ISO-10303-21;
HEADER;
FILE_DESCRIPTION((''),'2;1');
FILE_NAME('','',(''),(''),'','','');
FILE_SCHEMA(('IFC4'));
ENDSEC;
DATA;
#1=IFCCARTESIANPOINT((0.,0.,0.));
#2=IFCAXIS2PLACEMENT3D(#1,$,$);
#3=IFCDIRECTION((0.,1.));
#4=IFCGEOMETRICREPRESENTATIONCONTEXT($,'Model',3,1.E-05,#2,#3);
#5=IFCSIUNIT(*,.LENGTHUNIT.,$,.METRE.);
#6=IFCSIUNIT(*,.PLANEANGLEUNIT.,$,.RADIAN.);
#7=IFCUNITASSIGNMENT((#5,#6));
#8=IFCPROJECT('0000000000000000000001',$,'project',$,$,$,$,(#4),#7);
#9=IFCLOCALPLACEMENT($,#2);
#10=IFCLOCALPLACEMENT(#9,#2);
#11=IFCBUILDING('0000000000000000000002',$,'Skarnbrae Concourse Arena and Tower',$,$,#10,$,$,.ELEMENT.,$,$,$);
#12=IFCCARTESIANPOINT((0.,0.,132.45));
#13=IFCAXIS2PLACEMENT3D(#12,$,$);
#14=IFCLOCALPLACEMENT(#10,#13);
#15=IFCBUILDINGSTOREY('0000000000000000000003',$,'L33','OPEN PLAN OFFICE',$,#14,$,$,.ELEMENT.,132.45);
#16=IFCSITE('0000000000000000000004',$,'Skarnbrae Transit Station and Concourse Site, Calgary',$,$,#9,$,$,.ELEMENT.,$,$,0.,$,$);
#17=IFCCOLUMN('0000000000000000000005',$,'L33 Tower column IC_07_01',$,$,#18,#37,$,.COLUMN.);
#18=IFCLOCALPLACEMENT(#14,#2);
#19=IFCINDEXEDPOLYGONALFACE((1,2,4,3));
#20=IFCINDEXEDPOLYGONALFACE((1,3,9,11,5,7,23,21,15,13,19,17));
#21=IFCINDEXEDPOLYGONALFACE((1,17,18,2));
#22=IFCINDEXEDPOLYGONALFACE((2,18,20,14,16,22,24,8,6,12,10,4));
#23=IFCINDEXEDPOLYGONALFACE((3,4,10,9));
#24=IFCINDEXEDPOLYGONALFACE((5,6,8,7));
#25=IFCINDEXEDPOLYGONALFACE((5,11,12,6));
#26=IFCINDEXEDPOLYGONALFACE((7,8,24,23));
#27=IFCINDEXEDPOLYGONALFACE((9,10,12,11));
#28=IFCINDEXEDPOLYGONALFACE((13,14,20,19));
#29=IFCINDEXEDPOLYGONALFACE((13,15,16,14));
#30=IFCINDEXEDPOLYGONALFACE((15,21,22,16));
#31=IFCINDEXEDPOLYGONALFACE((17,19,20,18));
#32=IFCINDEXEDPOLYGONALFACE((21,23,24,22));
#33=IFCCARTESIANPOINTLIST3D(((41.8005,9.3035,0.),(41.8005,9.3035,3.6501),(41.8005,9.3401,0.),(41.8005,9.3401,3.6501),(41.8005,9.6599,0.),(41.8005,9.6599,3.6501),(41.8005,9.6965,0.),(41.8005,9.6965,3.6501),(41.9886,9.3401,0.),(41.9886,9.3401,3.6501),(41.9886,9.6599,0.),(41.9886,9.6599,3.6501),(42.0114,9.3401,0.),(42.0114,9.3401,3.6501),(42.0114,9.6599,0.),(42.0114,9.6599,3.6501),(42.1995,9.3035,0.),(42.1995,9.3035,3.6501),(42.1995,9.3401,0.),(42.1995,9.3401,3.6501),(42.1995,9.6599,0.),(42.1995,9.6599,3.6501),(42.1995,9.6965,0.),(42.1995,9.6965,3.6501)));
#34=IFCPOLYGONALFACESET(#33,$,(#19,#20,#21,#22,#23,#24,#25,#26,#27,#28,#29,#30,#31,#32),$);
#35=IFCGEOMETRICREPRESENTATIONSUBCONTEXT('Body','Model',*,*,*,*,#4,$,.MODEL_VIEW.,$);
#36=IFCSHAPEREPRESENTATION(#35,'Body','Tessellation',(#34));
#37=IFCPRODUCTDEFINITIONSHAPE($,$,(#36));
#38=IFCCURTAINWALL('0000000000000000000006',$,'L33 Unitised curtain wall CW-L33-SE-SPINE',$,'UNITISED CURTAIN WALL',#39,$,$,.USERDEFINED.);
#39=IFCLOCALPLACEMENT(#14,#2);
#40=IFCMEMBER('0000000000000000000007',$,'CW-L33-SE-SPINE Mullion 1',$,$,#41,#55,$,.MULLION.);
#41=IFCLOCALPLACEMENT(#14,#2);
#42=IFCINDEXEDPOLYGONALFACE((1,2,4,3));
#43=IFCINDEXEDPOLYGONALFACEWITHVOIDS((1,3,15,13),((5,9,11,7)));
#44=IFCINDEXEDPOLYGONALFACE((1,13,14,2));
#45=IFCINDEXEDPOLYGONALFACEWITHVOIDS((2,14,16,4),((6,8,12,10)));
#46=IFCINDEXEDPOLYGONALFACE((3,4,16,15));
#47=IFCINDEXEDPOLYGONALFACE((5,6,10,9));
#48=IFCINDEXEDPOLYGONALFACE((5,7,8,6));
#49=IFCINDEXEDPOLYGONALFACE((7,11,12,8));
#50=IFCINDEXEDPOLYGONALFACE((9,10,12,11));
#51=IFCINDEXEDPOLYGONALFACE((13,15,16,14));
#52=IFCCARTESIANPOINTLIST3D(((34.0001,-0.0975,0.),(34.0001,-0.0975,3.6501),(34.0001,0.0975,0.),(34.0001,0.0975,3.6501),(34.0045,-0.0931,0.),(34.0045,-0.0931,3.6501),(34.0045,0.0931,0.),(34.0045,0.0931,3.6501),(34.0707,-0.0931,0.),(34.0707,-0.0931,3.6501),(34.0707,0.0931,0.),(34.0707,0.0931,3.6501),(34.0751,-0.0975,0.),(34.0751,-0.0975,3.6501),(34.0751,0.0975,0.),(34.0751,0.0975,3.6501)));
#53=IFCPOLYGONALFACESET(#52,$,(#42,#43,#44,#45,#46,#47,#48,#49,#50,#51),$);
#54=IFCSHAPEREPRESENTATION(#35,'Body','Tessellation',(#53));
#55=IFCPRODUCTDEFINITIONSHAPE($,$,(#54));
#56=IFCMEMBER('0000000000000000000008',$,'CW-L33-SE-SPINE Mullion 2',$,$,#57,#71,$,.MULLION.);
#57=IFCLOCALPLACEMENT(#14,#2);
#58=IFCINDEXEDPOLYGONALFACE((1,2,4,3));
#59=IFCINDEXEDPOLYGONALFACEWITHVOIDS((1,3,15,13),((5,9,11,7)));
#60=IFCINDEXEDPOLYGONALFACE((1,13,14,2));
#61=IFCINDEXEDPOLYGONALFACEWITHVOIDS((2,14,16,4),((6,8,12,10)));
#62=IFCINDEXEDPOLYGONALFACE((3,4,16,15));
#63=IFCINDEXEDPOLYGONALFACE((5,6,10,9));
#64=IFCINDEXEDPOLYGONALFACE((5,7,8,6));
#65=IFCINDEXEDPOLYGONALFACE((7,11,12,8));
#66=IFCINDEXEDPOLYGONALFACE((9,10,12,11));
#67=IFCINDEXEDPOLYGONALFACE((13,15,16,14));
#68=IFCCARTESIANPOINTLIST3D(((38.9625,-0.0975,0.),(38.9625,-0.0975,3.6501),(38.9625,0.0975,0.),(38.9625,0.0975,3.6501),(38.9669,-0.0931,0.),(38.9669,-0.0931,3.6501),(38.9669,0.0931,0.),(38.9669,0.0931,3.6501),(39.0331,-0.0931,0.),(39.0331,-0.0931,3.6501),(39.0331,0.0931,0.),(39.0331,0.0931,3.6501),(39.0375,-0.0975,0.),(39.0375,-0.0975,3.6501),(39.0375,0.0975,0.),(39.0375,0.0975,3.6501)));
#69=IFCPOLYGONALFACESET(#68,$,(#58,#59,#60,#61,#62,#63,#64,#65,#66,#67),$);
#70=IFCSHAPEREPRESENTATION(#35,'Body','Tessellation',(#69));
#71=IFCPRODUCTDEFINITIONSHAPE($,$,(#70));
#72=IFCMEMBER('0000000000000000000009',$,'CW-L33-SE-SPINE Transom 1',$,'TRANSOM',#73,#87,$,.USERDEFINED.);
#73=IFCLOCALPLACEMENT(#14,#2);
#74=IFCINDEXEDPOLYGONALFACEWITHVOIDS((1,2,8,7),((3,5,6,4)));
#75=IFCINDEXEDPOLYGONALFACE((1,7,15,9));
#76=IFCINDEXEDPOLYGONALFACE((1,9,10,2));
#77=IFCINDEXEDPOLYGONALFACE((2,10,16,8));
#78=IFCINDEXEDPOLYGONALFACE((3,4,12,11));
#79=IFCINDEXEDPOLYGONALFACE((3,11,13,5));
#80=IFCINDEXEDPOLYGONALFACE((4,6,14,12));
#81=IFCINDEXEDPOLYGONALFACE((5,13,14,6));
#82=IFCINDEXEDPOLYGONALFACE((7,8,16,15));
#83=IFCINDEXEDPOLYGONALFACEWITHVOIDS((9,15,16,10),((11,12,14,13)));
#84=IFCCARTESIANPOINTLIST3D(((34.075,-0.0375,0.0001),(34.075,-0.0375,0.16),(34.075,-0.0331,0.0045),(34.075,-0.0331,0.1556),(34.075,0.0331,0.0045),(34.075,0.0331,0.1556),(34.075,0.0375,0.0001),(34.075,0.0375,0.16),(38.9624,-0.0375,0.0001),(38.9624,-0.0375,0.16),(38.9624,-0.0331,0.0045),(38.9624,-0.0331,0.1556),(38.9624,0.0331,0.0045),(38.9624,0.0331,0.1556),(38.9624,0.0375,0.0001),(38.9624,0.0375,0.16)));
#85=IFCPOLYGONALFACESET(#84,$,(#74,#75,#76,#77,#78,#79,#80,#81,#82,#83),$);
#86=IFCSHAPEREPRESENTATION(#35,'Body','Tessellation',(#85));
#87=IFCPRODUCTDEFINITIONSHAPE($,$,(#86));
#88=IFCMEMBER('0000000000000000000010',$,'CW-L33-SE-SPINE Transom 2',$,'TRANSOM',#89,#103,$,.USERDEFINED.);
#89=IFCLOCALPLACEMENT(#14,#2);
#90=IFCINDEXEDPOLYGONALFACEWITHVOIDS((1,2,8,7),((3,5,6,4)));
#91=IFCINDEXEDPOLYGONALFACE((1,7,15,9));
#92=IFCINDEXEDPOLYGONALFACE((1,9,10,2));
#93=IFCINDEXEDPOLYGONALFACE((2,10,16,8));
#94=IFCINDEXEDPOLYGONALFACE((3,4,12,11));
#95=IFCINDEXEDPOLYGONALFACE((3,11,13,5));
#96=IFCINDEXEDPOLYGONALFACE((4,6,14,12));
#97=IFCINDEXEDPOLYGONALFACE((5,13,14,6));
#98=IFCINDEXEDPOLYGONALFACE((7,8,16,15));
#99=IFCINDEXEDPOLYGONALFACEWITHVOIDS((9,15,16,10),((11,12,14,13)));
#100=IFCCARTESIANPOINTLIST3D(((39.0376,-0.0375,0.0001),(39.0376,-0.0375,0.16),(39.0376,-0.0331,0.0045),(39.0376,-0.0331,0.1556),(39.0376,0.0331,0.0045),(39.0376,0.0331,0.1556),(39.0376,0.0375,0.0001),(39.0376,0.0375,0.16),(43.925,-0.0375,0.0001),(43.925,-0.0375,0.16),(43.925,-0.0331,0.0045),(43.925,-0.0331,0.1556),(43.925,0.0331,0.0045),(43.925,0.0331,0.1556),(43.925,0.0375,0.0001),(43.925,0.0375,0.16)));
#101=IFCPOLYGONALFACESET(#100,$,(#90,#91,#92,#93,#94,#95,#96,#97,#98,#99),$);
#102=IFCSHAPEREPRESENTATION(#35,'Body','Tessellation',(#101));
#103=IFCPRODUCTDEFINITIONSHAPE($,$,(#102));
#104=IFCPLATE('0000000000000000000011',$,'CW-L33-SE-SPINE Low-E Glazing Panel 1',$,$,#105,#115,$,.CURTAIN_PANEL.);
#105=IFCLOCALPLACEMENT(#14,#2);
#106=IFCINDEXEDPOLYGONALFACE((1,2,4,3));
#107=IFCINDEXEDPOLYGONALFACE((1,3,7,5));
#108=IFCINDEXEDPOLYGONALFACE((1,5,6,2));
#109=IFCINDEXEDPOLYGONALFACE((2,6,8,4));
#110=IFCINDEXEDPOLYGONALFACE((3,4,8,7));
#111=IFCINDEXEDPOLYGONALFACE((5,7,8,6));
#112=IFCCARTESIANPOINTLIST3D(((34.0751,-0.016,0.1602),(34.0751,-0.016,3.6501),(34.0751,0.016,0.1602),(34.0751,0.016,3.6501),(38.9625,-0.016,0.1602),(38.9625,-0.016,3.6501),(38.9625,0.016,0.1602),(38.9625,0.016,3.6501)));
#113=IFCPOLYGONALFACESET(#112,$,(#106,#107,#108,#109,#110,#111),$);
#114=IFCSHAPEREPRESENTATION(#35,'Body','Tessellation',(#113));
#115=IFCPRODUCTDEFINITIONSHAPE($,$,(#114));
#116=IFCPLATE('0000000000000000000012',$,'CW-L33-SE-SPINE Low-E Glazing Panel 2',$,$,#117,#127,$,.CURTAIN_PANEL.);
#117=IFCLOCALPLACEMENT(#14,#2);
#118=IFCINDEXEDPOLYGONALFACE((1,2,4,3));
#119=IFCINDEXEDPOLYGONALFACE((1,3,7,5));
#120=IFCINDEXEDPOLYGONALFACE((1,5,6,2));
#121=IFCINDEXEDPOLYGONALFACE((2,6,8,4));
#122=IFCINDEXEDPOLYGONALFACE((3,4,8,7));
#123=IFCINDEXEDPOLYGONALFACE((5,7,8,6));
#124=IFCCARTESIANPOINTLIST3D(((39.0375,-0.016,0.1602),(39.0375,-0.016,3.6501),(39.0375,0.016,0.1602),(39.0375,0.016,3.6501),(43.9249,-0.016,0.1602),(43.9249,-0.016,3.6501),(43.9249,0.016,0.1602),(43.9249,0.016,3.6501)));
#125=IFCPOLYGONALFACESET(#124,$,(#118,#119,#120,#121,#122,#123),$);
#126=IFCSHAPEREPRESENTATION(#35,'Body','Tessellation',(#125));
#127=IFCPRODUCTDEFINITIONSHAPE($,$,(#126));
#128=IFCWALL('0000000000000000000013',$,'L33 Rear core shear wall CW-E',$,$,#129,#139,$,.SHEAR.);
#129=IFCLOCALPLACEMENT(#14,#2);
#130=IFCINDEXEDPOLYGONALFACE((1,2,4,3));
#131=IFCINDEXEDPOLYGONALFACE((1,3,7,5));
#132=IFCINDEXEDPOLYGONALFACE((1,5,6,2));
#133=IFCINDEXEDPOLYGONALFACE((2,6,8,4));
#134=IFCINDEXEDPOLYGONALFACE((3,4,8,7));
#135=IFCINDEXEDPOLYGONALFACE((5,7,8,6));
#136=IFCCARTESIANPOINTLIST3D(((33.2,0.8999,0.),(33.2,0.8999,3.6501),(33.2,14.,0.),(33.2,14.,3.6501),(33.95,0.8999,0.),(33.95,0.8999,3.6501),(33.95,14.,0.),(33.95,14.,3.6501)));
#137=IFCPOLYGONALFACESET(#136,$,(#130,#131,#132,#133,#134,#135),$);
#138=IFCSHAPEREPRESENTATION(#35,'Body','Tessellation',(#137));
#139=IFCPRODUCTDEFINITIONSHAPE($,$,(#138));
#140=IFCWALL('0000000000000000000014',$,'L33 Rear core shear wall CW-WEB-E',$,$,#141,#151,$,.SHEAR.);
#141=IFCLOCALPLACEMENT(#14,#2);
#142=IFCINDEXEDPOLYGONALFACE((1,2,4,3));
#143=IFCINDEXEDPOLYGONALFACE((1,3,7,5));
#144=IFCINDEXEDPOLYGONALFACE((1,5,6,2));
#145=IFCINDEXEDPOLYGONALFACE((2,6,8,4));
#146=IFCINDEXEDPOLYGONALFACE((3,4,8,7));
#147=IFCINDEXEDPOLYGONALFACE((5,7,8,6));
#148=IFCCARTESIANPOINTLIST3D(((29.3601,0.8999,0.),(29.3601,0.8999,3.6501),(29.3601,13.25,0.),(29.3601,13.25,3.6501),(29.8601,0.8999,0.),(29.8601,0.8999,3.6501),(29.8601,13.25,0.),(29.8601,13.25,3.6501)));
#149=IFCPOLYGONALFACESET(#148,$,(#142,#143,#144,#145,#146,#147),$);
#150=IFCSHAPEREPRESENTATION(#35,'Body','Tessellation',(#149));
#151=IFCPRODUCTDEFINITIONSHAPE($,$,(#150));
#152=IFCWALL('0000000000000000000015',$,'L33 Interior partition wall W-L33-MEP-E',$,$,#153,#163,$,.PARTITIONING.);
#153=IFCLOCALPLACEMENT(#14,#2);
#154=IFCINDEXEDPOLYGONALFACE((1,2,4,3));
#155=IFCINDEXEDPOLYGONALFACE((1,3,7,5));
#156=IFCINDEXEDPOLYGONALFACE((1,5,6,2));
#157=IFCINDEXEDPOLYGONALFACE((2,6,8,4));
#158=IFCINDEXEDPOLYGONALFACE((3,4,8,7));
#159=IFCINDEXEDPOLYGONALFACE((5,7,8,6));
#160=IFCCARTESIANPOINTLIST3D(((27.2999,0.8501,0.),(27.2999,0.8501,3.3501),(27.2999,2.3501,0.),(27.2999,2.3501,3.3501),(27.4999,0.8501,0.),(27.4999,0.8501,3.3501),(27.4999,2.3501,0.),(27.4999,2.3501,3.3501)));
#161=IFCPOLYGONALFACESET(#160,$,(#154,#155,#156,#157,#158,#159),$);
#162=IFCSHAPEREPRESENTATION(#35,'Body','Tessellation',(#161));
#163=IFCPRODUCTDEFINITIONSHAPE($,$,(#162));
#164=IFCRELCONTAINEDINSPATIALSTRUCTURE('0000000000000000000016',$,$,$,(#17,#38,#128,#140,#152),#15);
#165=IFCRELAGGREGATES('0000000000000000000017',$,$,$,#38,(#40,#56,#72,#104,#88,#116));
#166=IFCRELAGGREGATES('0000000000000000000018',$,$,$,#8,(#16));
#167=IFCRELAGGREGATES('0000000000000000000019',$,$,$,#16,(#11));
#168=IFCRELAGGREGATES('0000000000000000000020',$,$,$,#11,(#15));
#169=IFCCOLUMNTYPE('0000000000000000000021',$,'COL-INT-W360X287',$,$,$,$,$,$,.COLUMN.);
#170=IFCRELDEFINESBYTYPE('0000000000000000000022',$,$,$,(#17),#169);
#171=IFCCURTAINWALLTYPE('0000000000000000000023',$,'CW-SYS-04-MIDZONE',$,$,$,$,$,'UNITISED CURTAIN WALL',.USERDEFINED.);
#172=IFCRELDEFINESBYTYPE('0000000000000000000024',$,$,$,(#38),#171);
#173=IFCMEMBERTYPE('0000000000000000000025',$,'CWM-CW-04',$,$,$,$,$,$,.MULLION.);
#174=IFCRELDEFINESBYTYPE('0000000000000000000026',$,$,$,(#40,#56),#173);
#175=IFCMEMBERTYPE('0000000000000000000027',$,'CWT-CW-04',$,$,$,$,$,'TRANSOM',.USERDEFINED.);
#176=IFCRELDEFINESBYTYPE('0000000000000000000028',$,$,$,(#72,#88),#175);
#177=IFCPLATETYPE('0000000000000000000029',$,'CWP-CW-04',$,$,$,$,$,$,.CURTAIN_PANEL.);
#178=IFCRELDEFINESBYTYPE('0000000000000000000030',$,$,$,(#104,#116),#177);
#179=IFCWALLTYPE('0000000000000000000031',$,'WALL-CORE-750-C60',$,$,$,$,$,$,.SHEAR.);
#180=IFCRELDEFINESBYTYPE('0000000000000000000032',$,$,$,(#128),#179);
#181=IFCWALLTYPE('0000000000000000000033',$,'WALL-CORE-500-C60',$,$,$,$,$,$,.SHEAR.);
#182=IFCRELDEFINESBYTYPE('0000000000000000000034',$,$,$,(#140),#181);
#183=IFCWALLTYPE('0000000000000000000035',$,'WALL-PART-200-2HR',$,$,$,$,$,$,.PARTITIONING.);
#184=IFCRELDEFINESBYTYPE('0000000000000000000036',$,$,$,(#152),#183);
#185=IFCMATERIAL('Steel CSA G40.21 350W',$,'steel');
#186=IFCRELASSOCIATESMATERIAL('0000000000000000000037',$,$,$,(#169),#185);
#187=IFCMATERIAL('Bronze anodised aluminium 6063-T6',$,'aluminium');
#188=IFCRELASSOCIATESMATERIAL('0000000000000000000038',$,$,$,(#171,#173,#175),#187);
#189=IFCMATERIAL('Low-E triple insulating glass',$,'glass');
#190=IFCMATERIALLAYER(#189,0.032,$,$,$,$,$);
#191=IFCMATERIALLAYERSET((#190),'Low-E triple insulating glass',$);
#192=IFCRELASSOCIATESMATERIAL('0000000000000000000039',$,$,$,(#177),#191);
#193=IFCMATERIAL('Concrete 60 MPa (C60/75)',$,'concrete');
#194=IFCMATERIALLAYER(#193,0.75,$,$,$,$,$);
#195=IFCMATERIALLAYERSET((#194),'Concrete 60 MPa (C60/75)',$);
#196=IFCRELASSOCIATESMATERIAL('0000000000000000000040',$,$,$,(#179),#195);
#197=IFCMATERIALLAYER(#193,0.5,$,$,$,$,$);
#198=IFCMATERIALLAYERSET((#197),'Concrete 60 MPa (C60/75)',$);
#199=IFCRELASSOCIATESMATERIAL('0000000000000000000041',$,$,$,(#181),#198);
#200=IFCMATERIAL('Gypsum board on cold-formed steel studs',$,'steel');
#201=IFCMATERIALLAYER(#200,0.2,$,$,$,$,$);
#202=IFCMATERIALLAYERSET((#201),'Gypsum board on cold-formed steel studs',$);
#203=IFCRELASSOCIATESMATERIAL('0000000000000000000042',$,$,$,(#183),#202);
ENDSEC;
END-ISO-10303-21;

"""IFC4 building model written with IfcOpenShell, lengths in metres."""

from ifc_helpers import new_model, si_unit, direction, frame, frame_2d, origin, origin_2d, place, context, subcontext, project, spatial, rectangle, hollow_rectangle, i_section, extrude, source, transform, mapped, material, layer, layer_set, material_profile, profile_set, type_object, element, aggregate, save


model = new_model("IFC4")

# Units and contexts
model_context = context("Model", 3, precision=1e-05, world=origin(), true_north=direction((0.0, 1.0)))
body_context = subcontext(model_context, "Body", "Model", "MODEL_VIEW")
ifc_project = project(units=[si_unit("LENGTHUNIT", "METRE"), si_unit("PLANEANGLEUNIT", "RADIAN")], contexts=[model_context])

# Site, building, storey
site_placement = place(None, origin())
site = spatial("IfcSite", under=ifc_project, at=site_placement, Name="Skarnbrae Transit Station and Concourse Site, Calgary", CompositionType="ELEMENT", RefElevation=0.0)
building_placement = place(site_placement, origin())
building = spatial("IfcBuilding", under=site, at=building_placement, Name="Skarnbrae Concourse Arena and Tower", CompositionType="ELEMENT")
storey_placement = place(building_placement, frame((0.0, 0.0, 132.45)))
storey = spatial("IfcBuildingStorey", under=building, at=storey_placement, Name="L33", Description="OPEN PLAN OFFICE", CompositionType="ELEMENT", Elevation=132.45)

# Column
ifc_material_1 = material(Name="Steel CSA G40.21 350W", Category="steel")
ifc_material_profile_1 = material_profile(ifc_material_1, i_section(OverallWidth=0.3989, OverallDepth=0.3931, WebThickness=0.0227, FlangeThickness=0.0366, at=origin_2d()), Name="W360X287")
ifc_profile_set_1 = profile_set([ifc_material_profile_1], Name="Steel CSA G40.21 350W")
column_type = type_object("IfcColumnType", Name="COL-INT-W360X287", PredefinedType="COLUMN", material=ifc_profile_set_1)
shared_shape_1 = source(origin(), body_context, "Body", "SweptSolid", [
    extrude(i_section(OverallWidth=0.3989, OverallDepth=0.3931, WebThickness=0.0227, FlangeThickness=0.0366, at=origin_2d()), origin(), (0.0, 0.0, 1.0), 3.6501),
])
column_placement = place(storey_placement, frame((42.0, 9.5, 0.0), z_axis=(0.0, 0.0, 1.0), x_axis=(1.0, 0.0, 0.0)))
element("IfcColumn", 1, at=column_placement, inside=storey, type_object=column_type, Name="L33 Tower column IC_07_01", PredefinedType="COLUMN", context=body_context, shape_type="MappedRepresentation", body=[
    mapped(shared_shape_1, transform((0.0, 0.0, 0.0))),
])

# Curtain wall, members, plates
ifc_material_2 = material(Name="Bronze anodised aluminium 6063-T6", Category="aluminium")
curtain_wall_type = type_object("IfcCurtainWallType", Name="CW-SYS-04-MIDZONE", ElementType="UNITISED CURTAIN WALL", PredefinedType="USERDEFINED", material=ifc_material_2)
curtain_wall_placement = place(storey_placement, origin())
curtain_wall = element("IfcCurtainWall", 2, at=curtain_wall_placement, inside=storey, type_object=curtain_wall_type, Name="L33 Unitised curtain wall CW-L33-SE-SPINE", ObjectType="UNITISED CURTAIN WALL", PredefinedType="USERDEFINED")
ifc_material_profile_2 = material_profile(ifc_material_2, hollow_rectangle(XDim=0.075, YDim=0.1951, WallThickness=0.0044, at=origin_2d()), Name="ALU-MULL-75X195")
ifc_profile_set_2 = profile_set([ifc_material_profile_2], Name="Bronze anodised aluminium 6063-T6")
member_type_1 = type_object("IfcMemberType", Name="CWM-CW-04", PredefinedType="MULLION", material=ifc_profile_set_2)
shared_shape_2 = source(origin(), body_context, "Body", "SweptSolid", [
    extrude(hollow_rectangle(XDim=0.075, YDim=0.1951, WallThickness=0.0044, at=origin_2d()), origin(), (0.0, 0.0, 1.0), 3.6501),
])
member_1_placement = place(storey_placement, frame((34.0376, 0.0, 0.0), z_axis=(0.0, 0.0, 1.0), x_axis=(1.0, 0.0, 0.0)))
member_1 = element("IfcMember", 3, at=member_1_placement, type_object=member_type_1, Name="CW-L33-SE-SPINE Mullion 1", PredefinedType="MULLION", context=body_context, shape_type="MappedRepresentation", body=[
    mapped(shared_shape_2, transform((0.0, 0.0, 0.0))),
])
member_2_placement = place(storey_placement, frame((39.0, 0.0, 0.0), z_axis=(0.0, 0.0, 1.0), x_axis=(1.0, 0.0, 0.0)))
member_2 = element("IfcMember", 4, at=member_2_placement, type_object=member_type_1, Name="CW-L33-SE-SPINE Mullion 2", PredefinedType="MULLION", context=body_context, shape_type="MappedRepresentation", body=[
    mapped(shared_shape_2, transform((0.0, 0.0, 0.0))),
])
ifc_material_profile_3 = material_profile(ifc_material_2, hollow_rectangle(XDim=0.075, YDim=0.1599, WallThickness=0.0044, at=origin_2d()), Name="ALU-TRAN-75X160")
ifc_profile_set_3 = profile_set([ifc_material_profile_3], Name="Bronze anodised aluminium 6063-T6")
member_type_2 = type_object("IfcMemberType", Name="CWT-CW-04", ElementType="TRANSOM", PredefinedType="USERDEFINED", material=ifc_profile_set_3)
shared_shape_3 = source(origin(), body_context, "Body", "SweptSolid", [
    extrude(hollow_rectangle(XDim=0.075, YDim=0.1599, WallThickness=0.0044, at=origin_2d()), origin(), (0.0, 0.0, 1.0), 4.8875),
])
member_3_placement = place(storey_placement, frame((34.075, 0.0, 0.0801), z_axis=(1.0, 0.0, 0.0), x_axis=(0.0, 1.0, 0.0)))
member_3 = element("IfcMember", 5, at=member_3_placement, type_object=member_type_2, Name="CW-L33-SE-SPINE Transom 1", ObjectType="TRANSOM", PredefinedType="USERDEFINED", context=body_context, shape_type="MappedRepresentation", body=[
    mapped(shared_shape_3, transform((0.0, 0.0, 0.0))),
])
member_4_placement = place(storey_placement, frame((39.0376, 0.0, 0.0801), z_axis=(1.0, 0.0, 0.0), x_axis=(0.0, 1.0, 0.0)))
member_4 = element("IfcMember", 6, at=member_4_placement, type_object=member_type_2, Name="CW-L33-SE-SPINE Transom 2", ObjectType="TRANSOM", PredefinedType="USERDEFINED", context=body_context, shape_type="MappedRepresentation", body=[
    mapped(shared_shape_3, transform((0.0, 0.0, 0.0))),
])
ifc_material_3 = material(Name="Low-E triple insulating glass", Category="glass")
ifc_layer_1 = layer(ifc_material_3, 0.032)
ifc_layer_set_1 = layer_set([ifc_layer_1], Name="Low-E triple insulating glass")
plate_type = type_object("IfcPlateType", Name="CWP-CW-04", PredefinedType="CURTAIN_PANEL", material=ifc_layer_set_1)
shared_shape_4 = source(origin(), body_context, "Body", "SweptSolid", [
    extrude(rectangle(XDim=4.8875, YDim=0.032, at=origin_2d()), origin(), (0.0, 0.0, 1.0), 3.49),
])
plate_1_placement = place(storey_placement, frame((36.5188, 0.0, 0.1602), z_axis=(0.0, 0.0, 1.0), x_axis=(1.0, 0.0, 0.0)))
plate_1 = element("IfcPlate", 7, at=plate_1_placement, type_object=plate_type, Name="CW-L33-SE-SPINE Low-E Glazing Panel 1", PredefinedType="CURTAIN_PANEL", context=body_context, shape_type="MappedRepresentation", body=[
    mapped(shared_shape_4, transform((0.0, 0.0, 0.0))),
])
plate_2_placement = place(storey_placement, frame((41.4812, 0.0, 0.1602), z_axis=(0.0, 0.0, 1.0), x_axis=(1.0, 0.0, 0.0)))
plate_2 = element("IfcPlate", 8, at=plate_2_placement, type_object=plate_type, Name="CW-L33-SE-SPINE Low-E Glazing Panel 2", PredefinedType="CURTAIN_PANEL", context=body_context, shape_type="MappedRepresentation", body=[
    mapped(shared_shape_4, transform((0.0, 0.0, 0.0))),
])
aggregate(curtain_wall, [member_1, member_2, member_3, plate_1, member_4, plate_2])

# Walls
ifc_material_4 = material(Name="Concrete 60 MPa (C60/75)", Category="concrete")
ifc_layer_2 = layer(ifc_material_4, 0.75)
ifc_layer_set_2 = layer_set([ifc_layer_2], Name="Concrete 60 MPa (C60/75)")
wall_type_1 = type_object("IfcWallType", Name="WALL-CORE-750-C60", PredefinedType="SHEAR", material=ifc_layer_set_2)
shared_shape_5 = source(origin(), body_context, "Body", "SweptSolid", [
    extrude(rectangle(XDim=13.1001, YDim=0.75, at=frame_2d((6.55, 0.0))), origin(), (0.0, 0.0, 1.0), 3.6501),
])
wall_1_placement = place(storey_placement, frame((33.575, 0.8999, 0.0), z_axis=(0.0, 0.0, 1.0), x_axis=(0.0, 1.0, 0.0)))
element("IfcWall", 9, at=wall_1_placement, inside=storey, type_object=wall_type_1, Name="L33 Rear core shear wall CW-E", PredefinedType="SHEAR", context=body_context, shape_type="MappedRepresentation", body=[
    mapped(shared_shape_5, transform((0.0, 0.0, 0.0))),
])
ifc_layer_3 = layer(ifc_material_4, 0.5)
ifc_layer_set_3 = layer_set([ifc_layer_3], Name="Concrete 60 MPa (C60/75)")
wall_type_2 = type_object("IfcWallType", Name="WALL-CORE-500-C60", PredefinedType="SHEAR", material=ifc_layer_set_3)
shared_shape_6 = source(origin(), body_context, "Body", "SweptSolid", [
    extrude(rectangle(XDim=12.3501, YDim=0.5, at=frame_2d((6.175, 0.0))), origin(), (0.0, 0.0, 1.0), 3.6501),
])
wall_2_placement = place(storey_placement, frame((29.6101, 0.8999, 0.0), z_axis=(0.0, 0.0, 1.0), x_axis=(0.0, 1.0, 0.0)))
element("IfcWall", 10, at=wall_2_placement, inside=storey, type_object=wall_type_2, Name="L33 Rear core shear wall CW-WEB-E", PredefinedType="SHEAR", context=body_context, shape_type="MappedRepresentation", body=[
    mapped(shared_shape_6, transform((0.0, 0.0, 0.0))),
])
ifc_material_5 = material(Name="Gypsum board on cold-formed steel studs", Category="steel")
ifc_layer_4 = layer(ifc_material_5, 0.2)
ifc_layer_set_4 = layer_set([ifc_layer_4], Name="Gypsum board on cold-formed steel studs")
wall_type_3 = type_object("IfcWallType", Name="WALL-PART-200-2HR", PredefinedType="PARTITIONING", material=ifc_layer_set_4)
shared_shape_7 = source(origin(), body_context, "Body", "SweptSolid", [
    extrude(rectangle(XDim=1.5, YDim=0.2, at=frame_2d((0.75, 0.0))), origin(), (0.0, 0.0, 1.0), 3.3501),
])
wall_3_placement = place(storey_placement, frame((27.3999, 0.8501, 0.0), z_axis=(0.0, 0.0, 1.0), x_axis=(0.0, 1.0, 0.0)))
element("IfcWall", 11, at=wall_3_placement, inside=storey, type_object=wall_type_3, Name="L33 Interior partition wall W-L33-MEP-E", PredefinedType="PARTITIONING", context=body_context, shape_type="MappedRepresentation", body=[
    mapped(shared_shape_7, transform((0.0, 0.0, 0.0))),
])

save(model, "model.ifc")
